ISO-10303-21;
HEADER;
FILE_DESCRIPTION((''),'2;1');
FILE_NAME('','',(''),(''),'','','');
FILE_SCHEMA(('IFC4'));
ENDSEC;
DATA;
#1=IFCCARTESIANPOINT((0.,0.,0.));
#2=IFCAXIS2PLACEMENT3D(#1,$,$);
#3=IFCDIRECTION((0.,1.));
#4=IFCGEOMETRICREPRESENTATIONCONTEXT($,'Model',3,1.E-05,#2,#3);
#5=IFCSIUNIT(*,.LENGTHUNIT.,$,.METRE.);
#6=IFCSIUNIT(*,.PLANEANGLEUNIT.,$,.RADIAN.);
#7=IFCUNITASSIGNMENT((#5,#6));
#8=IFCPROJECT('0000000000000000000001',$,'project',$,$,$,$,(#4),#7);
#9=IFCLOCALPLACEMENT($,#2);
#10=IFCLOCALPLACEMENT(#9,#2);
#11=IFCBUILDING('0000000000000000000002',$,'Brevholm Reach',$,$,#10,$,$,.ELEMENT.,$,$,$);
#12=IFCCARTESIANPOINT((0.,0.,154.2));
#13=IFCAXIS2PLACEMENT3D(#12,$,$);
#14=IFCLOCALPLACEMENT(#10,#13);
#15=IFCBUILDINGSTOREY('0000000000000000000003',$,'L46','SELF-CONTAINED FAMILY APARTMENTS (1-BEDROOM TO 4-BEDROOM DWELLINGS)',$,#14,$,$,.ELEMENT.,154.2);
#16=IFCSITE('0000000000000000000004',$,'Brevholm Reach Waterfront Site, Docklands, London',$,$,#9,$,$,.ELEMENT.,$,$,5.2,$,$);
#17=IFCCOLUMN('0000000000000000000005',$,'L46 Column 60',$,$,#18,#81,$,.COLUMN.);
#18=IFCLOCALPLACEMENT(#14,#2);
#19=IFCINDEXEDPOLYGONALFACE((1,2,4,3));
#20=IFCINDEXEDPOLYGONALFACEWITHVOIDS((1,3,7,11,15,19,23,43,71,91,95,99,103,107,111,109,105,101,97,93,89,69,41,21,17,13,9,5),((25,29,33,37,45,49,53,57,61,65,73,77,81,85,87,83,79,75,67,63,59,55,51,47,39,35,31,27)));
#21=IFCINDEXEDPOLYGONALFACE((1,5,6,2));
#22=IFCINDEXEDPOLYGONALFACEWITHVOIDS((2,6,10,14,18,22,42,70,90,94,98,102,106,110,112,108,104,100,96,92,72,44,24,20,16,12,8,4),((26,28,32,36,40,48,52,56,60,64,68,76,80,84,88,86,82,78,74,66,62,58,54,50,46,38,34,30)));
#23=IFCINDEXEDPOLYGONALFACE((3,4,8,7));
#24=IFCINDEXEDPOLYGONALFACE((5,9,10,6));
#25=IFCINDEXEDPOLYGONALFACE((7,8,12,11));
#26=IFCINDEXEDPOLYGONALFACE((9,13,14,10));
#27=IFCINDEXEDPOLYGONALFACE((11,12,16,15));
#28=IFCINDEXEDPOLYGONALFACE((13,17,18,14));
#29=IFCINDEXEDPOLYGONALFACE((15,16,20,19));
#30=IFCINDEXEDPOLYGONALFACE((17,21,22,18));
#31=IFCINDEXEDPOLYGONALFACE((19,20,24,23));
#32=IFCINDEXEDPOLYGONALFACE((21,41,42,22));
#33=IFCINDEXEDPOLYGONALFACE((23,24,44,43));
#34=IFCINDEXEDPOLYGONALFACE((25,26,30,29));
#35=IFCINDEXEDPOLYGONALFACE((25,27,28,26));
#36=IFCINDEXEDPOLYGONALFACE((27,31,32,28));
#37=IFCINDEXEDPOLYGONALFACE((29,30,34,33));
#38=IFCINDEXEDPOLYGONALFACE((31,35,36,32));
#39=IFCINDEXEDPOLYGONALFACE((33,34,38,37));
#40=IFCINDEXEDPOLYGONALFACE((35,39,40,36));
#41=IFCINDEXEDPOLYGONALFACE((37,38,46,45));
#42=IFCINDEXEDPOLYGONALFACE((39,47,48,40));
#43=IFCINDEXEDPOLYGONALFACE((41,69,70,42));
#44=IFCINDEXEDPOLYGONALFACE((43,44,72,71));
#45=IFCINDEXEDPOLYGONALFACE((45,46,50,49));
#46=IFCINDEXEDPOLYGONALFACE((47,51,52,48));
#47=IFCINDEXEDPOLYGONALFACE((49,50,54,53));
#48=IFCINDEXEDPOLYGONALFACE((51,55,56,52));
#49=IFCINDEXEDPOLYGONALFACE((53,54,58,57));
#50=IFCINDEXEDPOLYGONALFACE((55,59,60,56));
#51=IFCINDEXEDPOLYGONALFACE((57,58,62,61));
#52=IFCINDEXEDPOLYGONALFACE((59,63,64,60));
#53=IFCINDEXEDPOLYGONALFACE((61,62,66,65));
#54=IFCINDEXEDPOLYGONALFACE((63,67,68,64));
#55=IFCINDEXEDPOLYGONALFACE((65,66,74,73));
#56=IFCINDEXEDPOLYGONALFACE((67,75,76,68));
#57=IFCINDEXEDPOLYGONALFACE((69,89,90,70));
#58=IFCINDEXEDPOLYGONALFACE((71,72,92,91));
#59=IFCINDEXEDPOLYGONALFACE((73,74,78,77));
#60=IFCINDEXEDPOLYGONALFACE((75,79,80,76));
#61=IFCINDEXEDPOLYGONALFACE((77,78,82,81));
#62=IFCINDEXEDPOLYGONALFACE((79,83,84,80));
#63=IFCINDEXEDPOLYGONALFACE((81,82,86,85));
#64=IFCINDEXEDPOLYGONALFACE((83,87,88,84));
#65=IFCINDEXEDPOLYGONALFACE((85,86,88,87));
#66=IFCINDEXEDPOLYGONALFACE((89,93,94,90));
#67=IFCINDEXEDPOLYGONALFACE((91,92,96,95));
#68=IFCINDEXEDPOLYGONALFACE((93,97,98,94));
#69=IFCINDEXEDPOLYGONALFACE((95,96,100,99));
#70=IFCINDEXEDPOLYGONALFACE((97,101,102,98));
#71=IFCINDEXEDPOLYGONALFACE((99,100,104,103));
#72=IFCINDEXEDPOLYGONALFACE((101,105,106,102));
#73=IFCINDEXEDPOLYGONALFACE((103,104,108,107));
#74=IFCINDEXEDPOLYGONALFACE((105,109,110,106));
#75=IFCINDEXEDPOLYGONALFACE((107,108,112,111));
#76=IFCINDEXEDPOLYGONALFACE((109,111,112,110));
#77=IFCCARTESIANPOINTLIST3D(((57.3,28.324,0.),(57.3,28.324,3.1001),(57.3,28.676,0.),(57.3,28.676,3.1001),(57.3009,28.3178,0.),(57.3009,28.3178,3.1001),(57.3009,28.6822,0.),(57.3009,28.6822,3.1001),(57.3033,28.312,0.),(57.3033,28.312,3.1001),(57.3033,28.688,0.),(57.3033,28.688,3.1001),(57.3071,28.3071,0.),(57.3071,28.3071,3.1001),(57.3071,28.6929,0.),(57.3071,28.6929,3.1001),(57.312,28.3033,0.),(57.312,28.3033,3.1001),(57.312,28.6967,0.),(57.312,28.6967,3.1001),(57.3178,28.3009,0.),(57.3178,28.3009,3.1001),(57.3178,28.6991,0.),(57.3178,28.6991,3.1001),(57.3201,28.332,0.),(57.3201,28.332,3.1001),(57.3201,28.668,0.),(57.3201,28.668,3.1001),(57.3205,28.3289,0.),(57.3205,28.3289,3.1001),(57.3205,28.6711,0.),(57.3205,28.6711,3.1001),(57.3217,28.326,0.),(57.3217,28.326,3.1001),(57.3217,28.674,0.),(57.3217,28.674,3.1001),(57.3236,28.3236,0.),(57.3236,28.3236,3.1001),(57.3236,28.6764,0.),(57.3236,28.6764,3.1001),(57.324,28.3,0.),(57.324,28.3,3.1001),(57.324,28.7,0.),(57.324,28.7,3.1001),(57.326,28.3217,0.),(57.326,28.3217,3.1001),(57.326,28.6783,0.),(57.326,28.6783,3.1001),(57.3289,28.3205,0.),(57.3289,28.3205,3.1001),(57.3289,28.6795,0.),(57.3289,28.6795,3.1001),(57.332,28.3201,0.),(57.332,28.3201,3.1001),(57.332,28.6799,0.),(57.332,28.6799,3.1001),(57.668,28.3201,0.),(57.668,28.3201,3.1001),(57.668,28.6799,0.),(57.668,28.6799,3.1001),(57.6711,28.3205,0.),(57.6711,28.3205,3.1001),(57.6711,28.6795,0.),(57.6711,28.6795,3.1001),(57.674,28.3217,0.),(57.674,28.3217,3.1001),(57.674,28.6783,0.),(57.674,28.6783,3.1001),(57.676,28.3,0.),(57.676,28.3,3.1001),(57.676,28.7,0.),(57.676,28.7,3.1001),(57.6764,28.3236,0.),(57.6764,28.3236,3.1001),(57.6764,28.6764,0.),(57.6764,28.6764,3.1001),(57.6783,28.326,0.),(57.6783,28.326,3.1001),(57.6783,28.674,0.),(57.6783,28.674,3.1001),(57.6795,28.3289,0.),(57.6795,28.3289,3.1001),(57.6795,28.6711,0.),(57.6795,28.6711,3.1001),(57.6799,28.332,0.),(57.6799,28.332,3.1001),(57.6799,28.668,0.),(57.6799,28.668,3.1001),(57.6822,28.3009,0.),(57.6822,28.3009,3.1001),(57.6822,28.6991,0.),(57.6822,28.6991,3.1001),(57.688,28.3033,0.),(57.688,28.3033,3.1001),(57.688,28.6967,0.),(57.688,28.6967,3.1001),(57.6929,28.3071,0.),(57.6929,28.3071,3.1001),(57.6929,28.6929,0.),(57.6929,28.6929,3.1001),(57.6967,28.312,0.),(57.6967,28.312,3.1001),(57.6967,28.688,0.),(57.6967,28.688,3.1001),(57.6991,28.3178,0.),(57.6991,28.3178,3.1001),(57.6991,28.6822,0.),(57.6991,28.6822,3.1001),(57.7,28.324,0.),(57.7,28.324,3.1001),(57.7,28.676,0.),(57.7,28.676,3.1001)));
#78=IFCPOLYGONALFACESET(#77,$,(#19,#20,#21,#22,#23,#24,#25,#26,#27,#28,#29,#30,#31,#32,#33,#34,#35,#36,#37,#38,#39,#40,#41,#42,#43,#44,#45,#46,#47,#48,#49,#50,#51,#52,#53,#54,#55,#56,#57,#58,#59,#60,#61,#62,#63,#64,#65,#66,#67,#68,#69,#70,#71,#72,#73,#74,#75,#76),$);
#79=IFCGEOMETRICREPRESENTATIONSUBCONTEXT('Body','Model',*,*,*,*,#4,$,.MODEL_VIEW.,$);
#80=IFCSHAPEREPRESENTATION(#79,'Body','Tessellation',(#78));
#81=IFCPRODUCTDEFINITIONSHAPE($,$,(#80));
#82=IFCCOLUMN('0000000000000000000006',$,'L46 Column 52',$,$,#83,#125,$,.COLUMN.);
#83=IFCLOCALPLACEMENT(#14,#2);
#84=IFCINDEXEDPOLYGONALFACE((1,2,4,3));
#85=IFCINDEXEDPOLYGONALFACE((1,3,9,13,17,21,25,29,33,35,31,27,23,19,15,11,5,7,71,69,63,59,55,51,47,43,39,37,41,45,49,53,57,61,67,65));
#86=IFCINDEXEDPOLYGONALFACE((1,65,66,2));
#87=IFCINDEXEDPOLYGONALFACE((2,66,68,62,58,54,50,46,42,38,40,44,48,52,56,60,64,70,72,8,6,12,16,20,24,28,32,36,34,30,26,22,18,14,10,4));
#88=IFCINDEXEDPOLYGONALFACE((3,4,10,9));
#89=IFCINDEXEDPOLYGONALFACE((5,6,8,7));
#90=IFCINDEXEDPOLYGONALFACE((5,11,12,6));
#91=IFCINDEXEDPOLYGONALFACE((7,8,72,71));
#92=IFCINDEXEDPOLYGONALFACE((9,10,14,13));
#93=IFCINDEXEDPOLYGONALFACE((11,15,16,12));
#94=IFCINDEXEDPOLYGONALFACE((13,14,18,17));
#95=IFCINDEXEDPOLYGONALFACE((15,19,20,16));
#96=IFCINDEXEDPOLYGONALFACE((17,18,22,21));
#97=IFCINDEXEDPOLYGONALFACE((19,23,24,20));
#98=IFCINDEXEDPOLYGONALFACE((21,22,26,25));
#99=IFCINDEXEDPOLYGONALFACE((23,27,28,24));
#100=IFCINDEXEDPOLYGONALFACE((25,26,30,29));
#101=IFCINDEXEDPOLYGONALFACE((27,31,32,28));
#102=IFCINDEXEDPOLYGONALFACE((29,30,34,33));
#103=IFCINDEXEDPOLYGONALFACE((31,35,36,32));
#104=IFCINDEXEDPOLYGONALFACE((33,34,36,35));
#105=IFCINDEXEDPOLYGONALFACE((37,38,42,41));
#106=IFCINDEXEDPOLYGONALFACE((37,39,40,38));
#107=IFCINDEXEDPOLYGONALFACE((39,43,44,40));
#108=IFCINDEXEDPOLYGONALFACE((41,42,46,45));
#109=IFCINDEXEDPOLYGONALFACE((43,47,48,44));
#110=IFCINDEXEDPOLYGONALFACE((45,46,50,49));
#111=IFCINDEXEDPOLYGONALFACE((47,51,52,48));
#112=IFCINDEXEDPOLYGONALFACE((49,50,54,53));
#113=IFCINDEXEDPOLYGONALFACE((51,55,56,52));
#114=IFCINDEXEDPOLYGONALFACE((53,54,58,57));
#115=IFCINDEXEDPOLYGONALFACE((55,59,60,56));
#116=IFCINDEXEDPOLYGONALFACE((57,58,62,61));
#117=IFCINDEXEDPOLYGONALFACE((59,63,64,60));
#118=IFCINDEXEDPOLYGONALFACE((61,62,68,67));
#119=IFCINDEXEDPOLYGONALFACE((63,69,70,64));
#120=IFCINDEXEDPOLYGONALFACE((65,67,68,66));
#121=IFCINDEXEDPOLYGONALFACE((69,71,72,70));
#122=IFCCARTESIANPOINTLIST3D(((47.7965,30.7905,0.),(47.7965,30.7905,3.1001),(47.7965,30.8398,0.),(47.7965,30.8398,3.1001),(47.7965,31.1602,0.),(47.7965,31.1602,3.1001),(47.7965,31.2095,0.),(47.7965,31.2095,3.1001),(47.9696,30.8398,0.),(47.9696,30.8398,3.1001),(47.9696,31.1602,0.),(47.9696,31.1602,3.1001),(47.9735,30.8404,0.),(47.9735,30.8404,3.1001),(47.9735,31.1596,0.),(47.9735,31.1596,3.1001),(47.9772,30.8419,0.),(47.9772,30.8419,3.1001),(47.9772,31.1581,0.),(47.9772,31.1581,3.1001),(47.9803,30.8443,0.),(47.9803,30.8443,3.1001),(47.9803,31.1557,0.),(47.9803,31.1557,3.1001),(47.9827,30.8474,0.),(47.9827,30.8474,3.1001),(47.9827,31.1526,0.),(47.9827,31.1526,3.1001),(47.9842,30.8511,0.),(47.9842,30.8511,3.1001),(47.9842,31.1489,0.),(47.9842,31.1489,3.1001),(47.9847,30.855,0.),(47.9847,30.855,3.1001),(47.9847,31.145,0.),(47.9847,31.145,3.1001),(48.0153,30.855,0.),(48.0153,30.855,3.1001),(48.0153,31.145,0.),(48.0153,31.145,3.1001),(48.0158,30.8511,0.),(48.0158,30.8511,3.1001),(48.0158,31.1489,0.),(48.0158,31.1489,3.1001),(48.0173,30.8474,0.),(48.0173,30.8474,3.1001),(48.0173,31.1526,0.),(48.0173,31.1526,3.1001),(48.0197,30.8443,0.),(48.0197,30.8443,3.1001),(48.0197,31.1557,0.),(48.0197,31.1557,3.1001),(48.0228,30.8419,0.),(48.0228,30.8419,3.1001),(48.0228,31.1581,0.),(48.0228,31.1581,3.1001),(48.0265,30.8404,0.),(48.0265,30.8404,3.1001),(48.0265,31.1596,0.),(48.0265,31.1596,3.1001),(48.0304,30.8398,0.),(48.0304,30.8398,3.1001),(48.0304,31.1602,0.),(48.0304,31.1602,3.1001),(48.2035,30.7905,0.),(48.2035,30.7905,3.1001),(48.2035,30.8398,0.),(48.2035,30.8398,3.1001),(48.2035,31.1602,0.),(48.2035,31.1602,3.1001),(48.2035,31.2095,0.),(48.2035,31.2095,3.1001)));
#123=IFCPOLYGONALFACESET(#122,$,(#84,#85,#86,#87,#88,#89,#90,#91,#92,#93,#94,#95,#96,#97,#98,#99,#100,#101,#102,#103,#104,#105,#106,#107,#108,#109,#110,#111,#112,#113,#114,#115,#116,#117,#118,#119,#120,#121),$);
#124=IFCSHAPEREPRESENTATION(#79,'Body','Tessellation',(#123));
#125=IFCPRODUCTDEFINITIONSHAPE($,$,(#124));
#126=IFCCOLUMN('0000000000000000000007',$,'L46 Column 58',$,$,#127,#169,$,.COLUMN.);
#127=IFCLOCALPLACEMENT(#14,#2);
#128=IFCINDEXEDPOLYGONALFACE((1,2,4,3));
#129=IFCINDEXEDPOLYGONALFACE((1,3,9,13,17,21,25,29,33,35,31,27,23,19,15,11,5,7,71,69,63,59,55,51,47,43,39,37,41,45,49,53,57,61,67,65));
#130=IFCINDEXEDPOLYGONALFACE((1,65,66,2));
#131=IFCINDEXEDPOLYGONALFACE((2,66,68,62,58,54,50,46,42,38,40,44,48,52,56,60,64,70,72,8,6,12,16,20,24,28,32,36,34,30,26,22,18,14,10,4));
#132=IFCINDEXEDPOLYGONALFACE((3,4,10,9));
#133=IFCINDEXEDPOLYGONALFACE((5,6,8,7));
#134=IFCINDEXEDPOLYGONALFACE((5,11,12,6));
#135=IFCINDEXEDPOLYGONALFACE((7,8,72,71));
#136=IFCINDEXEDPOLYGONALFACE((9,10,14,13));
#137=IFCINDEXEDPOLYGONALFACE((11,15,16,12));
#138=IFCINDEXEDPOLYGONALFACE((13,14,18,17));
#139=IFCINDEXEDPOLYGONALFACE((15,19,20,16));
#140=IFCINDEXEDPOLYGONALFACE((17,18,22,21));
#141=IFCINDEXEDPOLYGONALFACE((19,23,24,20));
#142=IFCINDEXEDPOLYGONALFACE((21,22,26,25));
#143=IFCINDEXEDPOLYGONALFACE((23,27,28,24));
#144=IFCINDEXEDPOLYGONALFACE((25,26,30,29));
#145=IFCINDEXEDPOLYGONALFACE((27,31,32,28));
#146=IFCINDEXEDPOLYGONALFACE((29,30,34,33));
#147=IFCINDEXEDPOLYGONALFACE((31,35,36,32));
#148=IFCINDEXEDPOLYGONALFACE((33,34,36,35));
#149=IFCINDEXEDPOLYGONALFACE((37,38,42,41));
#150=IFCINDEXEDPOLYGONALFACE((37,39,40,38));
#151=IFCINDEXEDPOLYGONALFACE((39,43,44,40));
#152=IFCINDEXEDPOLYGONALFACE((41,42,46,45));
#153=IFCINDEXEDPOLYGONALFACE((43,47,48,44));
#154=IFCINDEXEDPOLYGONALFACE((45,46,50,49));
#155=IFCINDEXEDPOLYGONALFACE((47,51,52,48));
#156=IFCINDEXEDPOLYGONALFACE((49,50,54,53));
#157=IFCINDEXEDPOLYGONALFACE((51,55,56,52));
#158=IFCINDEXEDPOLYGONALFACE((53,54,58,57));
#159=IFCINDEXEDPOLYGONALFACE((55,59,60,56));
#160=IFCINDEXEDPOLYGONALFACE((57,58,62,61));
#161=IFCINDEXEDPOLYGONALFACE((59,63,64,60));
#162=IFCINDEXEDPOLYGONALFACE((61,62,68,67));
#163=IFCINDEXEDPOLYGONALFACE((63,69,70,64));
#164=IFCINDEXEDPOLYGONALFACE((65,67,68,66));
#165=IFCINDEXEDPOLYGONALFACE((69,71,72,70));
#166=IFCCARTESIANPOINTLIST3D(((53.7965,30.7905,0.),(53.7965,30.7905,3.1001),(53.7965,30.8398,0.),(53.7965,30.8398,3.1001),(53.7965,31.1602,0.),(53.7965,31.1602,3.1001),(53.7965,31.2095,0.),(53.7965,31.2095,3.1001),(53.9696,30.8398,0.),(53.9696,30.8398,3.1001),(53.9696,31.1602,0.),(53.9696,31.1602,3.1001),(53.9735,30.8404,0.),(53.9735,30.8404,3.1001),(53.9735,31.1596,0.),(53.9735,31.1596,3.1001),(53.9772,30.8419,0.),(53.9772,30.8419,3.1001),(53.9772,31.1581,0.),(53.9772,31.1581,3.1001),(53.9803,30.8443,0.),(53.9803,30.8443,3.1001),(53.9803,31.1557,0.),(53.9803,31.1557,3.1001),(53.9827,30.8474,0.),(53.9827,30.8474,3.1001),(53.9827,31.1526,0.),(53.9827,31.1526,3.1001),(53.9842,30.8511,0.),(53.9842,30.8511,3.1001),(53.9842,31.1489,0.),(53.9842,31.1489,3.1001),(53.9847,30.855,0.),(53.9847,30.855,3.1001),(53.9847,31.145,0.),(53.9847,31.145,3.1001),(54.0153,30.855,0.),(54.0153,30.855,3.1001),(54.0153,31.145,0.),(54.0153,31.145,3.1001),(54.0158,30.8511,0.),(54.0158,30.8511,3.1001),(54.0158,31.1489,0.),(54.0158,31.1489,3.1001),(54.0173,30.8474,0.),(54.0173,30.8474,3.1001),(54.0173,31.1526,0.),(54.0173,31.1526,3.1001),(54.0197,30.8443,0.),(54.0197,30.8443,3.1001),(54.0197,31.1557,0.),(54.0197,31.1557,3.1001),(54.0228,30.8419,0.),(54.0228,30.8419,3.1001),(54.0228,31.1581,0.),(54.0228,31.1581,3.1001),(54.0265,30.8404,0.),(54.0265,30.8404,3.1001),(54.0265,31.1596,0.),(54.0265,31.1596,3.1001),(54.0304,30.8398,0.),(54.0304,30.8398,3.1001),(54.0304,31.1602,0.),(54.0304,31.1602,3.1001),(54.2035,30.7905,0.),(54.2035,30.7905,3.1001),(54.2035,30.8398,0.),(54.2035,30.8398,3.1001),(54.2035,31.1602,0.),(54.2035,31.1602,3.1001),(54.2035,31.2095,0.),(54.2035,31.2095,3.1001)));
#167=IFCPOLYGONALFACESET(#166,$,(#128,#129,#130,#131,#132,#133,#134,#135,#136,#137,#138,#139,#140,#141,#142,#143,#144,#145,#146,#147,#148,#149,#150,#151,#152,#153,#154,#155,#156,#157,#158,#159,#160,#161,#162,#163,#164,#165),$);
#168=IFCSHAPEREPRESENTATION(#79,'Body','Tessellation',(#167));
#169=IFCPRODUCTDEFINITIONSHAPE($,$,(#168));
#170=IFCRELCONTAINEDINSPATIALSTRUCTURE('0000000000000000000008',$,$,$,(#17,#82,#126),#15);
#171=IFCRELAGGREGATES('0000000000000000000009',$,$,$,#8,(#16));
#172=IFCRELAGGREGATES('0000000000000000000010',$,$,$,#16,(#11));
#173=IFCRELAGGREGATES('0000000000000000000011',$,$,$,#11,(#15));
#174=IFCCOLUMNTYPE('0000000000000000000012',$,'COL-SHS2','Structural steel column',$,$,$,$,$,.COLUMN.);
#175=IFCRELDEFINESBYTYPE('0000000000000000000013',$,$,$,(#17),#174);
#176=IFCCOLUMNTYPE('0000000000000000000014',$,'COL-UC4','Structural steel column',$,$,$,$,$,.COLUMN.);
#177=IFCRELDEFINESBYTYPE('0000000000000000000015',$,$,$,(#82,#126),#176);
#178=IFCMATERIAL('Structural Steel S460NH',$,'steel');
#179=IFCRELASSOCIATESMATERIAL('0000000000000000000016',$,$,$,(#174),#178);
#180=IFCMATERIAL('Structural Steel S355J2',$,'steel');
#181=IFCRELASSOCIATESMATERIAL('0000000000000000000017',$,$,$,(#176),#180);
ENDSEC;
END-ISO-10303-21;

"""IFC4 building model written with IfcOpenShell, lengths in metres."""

from ifc_helpers import new_model, si_unit, direction, frame, origin, origin_2d, place, context, subcontext, project, spatial, hollow_rectangle, i_section, extrude, material, material_profile, profile_set, type_object, element, save


model = new_model("IFC4")

# Units and contexts
model_context = context("Model", 3, precision=1e-05, world=origin(), true_north=direction((0.0, 1.0)))
body_context = subcontext(model_context, "Body", "Model", "MODEL_VIEW")
ifc_project = project(units=[si_unit("LENGTHUNIT", "METRE"), si_unit("PLANEANGLEUNIT", "RADIAN")], contexts=[model_context])

# Site, building, storey
site_placement = place(None, origin())
site = spatial("IfcSite", under=ifc_project, at=site_placement, Name="Brevholm Reach Waterfront Site, Docklands, London", CompositionType="ELEMENT", RefElevation=5.2)
building_placement = place(site_placement, origin())
building = spatial("IfcBuilding", under=site, at=building_placement, Name="Brevholm Reach", CompositionType="ELEMENT")
storey_placement = place(building_placement, frame((0.0, 0.0, 154.2)))
storey = spatial("IfcBuildingStorey", under=building, at=storey_placement, Name="L46", Description="SELF-CONTAINED FAMILY APARTMENTS (1-BEDROOM TO 4-BEDROOM DWELLINGS)", CompositionType="ELEMENT", Elevation=154.2)

# Columns
ifc_material_1 = material(Name="Structural Steel S460NH", Category="steel")
ifc_material_profile_1 = material_profile(ifc_material_1, hollow_rectangle(XDim=0.3999, YDim=0.3999, WallThickness=0.02, InnerFilletRadius=0.012, OuterFilletRadius=0.0239, at=origin_2d()), Name="SHS 400x400x20")
ifc_profile_set_1 = profile_set([ifc_material_profile_1], Name="Structural Steel S460NH")
column_type_1 = type_object("IfcColumnType", Name="COL-SHS2", Description="Structural steel column", PredefinedType="COLUMN", material=ifc_profile_set_1)
column_placement = place(storey_placement, frame((57.5, 28.5, 0.0), z_axis=(0.0, 0.0, 1.0), x_axis=(1.0, 0.0, 0.0)))
element("IfcColumn", 1, at=column_placement, inside=storey, type_object=column_type_1, Name="L46 Column 60", PredefinedType="COLUMN", context=body_context, shape_type="SweptSolid", body=[
    extrude(hollow_rectangle(XDim=0.3999, YDim=0.3999, WallThickness=0.02, InnerFilletRadius=0.012, OuterFilletRadius=0.0239, at=origin_2d()), origin(), (0.0, 0.0, 1.0), 3.1001),
])
ifc_material_2 = material(Name="Structural Steel S355J2", Category="steel")
ifc_material_profile_2 = material_profile(ifc_material_2, i_section(OverallWidth=0.407, OverallDepth=0.4189, WebThickness=0.0305, FlangeThickness=0.0493, FilletRadius=0.0151, at=origin_2d()), Name="UKC 356x406x393")
ifc_profile_set_2 = profile_set([ifc_material_profile_2], Name="Structural Steel S355J2")
column_type_2 = type_object("IfcColumnType", Name="COL-UC4", Description="Structural steel column", PredefinedType="COLUMN", material=ifc_profile_set_2)
for number, where, z_axis, x_axis, name in (
    (2, (48.0, 31.0, 0.0), (0.0, 0.0, 1.0), (1.0, 0.0, 0.0), "L46 Column 52"),
    (3, (54.0, 31.0, 0.0), (0.0, 0.0, 1.0), (1.0, 0.0, 0.0), "L46 Column 58"),
):
    element("IfcColumn", number, at=place(storey_placement, frame(where, z_axis=z_axis, x_axis=x_axis)), inside=storey, type_object=column_type_2, Name=name, PredefinedType="COLUMN", context=body_context, shape_type="SweptSolid", body=[
        extrude(i_section(OverallWidth=0.407, OverallDepth=0.4189, WebThickness=0.0305, FlangeThickness=0.0493, FilletRadius=0.0151, at=origin_2d()), origin(), (0.0, 0.0, 1.0), 3.1001),
    ])

save(model, "model.ifc")
